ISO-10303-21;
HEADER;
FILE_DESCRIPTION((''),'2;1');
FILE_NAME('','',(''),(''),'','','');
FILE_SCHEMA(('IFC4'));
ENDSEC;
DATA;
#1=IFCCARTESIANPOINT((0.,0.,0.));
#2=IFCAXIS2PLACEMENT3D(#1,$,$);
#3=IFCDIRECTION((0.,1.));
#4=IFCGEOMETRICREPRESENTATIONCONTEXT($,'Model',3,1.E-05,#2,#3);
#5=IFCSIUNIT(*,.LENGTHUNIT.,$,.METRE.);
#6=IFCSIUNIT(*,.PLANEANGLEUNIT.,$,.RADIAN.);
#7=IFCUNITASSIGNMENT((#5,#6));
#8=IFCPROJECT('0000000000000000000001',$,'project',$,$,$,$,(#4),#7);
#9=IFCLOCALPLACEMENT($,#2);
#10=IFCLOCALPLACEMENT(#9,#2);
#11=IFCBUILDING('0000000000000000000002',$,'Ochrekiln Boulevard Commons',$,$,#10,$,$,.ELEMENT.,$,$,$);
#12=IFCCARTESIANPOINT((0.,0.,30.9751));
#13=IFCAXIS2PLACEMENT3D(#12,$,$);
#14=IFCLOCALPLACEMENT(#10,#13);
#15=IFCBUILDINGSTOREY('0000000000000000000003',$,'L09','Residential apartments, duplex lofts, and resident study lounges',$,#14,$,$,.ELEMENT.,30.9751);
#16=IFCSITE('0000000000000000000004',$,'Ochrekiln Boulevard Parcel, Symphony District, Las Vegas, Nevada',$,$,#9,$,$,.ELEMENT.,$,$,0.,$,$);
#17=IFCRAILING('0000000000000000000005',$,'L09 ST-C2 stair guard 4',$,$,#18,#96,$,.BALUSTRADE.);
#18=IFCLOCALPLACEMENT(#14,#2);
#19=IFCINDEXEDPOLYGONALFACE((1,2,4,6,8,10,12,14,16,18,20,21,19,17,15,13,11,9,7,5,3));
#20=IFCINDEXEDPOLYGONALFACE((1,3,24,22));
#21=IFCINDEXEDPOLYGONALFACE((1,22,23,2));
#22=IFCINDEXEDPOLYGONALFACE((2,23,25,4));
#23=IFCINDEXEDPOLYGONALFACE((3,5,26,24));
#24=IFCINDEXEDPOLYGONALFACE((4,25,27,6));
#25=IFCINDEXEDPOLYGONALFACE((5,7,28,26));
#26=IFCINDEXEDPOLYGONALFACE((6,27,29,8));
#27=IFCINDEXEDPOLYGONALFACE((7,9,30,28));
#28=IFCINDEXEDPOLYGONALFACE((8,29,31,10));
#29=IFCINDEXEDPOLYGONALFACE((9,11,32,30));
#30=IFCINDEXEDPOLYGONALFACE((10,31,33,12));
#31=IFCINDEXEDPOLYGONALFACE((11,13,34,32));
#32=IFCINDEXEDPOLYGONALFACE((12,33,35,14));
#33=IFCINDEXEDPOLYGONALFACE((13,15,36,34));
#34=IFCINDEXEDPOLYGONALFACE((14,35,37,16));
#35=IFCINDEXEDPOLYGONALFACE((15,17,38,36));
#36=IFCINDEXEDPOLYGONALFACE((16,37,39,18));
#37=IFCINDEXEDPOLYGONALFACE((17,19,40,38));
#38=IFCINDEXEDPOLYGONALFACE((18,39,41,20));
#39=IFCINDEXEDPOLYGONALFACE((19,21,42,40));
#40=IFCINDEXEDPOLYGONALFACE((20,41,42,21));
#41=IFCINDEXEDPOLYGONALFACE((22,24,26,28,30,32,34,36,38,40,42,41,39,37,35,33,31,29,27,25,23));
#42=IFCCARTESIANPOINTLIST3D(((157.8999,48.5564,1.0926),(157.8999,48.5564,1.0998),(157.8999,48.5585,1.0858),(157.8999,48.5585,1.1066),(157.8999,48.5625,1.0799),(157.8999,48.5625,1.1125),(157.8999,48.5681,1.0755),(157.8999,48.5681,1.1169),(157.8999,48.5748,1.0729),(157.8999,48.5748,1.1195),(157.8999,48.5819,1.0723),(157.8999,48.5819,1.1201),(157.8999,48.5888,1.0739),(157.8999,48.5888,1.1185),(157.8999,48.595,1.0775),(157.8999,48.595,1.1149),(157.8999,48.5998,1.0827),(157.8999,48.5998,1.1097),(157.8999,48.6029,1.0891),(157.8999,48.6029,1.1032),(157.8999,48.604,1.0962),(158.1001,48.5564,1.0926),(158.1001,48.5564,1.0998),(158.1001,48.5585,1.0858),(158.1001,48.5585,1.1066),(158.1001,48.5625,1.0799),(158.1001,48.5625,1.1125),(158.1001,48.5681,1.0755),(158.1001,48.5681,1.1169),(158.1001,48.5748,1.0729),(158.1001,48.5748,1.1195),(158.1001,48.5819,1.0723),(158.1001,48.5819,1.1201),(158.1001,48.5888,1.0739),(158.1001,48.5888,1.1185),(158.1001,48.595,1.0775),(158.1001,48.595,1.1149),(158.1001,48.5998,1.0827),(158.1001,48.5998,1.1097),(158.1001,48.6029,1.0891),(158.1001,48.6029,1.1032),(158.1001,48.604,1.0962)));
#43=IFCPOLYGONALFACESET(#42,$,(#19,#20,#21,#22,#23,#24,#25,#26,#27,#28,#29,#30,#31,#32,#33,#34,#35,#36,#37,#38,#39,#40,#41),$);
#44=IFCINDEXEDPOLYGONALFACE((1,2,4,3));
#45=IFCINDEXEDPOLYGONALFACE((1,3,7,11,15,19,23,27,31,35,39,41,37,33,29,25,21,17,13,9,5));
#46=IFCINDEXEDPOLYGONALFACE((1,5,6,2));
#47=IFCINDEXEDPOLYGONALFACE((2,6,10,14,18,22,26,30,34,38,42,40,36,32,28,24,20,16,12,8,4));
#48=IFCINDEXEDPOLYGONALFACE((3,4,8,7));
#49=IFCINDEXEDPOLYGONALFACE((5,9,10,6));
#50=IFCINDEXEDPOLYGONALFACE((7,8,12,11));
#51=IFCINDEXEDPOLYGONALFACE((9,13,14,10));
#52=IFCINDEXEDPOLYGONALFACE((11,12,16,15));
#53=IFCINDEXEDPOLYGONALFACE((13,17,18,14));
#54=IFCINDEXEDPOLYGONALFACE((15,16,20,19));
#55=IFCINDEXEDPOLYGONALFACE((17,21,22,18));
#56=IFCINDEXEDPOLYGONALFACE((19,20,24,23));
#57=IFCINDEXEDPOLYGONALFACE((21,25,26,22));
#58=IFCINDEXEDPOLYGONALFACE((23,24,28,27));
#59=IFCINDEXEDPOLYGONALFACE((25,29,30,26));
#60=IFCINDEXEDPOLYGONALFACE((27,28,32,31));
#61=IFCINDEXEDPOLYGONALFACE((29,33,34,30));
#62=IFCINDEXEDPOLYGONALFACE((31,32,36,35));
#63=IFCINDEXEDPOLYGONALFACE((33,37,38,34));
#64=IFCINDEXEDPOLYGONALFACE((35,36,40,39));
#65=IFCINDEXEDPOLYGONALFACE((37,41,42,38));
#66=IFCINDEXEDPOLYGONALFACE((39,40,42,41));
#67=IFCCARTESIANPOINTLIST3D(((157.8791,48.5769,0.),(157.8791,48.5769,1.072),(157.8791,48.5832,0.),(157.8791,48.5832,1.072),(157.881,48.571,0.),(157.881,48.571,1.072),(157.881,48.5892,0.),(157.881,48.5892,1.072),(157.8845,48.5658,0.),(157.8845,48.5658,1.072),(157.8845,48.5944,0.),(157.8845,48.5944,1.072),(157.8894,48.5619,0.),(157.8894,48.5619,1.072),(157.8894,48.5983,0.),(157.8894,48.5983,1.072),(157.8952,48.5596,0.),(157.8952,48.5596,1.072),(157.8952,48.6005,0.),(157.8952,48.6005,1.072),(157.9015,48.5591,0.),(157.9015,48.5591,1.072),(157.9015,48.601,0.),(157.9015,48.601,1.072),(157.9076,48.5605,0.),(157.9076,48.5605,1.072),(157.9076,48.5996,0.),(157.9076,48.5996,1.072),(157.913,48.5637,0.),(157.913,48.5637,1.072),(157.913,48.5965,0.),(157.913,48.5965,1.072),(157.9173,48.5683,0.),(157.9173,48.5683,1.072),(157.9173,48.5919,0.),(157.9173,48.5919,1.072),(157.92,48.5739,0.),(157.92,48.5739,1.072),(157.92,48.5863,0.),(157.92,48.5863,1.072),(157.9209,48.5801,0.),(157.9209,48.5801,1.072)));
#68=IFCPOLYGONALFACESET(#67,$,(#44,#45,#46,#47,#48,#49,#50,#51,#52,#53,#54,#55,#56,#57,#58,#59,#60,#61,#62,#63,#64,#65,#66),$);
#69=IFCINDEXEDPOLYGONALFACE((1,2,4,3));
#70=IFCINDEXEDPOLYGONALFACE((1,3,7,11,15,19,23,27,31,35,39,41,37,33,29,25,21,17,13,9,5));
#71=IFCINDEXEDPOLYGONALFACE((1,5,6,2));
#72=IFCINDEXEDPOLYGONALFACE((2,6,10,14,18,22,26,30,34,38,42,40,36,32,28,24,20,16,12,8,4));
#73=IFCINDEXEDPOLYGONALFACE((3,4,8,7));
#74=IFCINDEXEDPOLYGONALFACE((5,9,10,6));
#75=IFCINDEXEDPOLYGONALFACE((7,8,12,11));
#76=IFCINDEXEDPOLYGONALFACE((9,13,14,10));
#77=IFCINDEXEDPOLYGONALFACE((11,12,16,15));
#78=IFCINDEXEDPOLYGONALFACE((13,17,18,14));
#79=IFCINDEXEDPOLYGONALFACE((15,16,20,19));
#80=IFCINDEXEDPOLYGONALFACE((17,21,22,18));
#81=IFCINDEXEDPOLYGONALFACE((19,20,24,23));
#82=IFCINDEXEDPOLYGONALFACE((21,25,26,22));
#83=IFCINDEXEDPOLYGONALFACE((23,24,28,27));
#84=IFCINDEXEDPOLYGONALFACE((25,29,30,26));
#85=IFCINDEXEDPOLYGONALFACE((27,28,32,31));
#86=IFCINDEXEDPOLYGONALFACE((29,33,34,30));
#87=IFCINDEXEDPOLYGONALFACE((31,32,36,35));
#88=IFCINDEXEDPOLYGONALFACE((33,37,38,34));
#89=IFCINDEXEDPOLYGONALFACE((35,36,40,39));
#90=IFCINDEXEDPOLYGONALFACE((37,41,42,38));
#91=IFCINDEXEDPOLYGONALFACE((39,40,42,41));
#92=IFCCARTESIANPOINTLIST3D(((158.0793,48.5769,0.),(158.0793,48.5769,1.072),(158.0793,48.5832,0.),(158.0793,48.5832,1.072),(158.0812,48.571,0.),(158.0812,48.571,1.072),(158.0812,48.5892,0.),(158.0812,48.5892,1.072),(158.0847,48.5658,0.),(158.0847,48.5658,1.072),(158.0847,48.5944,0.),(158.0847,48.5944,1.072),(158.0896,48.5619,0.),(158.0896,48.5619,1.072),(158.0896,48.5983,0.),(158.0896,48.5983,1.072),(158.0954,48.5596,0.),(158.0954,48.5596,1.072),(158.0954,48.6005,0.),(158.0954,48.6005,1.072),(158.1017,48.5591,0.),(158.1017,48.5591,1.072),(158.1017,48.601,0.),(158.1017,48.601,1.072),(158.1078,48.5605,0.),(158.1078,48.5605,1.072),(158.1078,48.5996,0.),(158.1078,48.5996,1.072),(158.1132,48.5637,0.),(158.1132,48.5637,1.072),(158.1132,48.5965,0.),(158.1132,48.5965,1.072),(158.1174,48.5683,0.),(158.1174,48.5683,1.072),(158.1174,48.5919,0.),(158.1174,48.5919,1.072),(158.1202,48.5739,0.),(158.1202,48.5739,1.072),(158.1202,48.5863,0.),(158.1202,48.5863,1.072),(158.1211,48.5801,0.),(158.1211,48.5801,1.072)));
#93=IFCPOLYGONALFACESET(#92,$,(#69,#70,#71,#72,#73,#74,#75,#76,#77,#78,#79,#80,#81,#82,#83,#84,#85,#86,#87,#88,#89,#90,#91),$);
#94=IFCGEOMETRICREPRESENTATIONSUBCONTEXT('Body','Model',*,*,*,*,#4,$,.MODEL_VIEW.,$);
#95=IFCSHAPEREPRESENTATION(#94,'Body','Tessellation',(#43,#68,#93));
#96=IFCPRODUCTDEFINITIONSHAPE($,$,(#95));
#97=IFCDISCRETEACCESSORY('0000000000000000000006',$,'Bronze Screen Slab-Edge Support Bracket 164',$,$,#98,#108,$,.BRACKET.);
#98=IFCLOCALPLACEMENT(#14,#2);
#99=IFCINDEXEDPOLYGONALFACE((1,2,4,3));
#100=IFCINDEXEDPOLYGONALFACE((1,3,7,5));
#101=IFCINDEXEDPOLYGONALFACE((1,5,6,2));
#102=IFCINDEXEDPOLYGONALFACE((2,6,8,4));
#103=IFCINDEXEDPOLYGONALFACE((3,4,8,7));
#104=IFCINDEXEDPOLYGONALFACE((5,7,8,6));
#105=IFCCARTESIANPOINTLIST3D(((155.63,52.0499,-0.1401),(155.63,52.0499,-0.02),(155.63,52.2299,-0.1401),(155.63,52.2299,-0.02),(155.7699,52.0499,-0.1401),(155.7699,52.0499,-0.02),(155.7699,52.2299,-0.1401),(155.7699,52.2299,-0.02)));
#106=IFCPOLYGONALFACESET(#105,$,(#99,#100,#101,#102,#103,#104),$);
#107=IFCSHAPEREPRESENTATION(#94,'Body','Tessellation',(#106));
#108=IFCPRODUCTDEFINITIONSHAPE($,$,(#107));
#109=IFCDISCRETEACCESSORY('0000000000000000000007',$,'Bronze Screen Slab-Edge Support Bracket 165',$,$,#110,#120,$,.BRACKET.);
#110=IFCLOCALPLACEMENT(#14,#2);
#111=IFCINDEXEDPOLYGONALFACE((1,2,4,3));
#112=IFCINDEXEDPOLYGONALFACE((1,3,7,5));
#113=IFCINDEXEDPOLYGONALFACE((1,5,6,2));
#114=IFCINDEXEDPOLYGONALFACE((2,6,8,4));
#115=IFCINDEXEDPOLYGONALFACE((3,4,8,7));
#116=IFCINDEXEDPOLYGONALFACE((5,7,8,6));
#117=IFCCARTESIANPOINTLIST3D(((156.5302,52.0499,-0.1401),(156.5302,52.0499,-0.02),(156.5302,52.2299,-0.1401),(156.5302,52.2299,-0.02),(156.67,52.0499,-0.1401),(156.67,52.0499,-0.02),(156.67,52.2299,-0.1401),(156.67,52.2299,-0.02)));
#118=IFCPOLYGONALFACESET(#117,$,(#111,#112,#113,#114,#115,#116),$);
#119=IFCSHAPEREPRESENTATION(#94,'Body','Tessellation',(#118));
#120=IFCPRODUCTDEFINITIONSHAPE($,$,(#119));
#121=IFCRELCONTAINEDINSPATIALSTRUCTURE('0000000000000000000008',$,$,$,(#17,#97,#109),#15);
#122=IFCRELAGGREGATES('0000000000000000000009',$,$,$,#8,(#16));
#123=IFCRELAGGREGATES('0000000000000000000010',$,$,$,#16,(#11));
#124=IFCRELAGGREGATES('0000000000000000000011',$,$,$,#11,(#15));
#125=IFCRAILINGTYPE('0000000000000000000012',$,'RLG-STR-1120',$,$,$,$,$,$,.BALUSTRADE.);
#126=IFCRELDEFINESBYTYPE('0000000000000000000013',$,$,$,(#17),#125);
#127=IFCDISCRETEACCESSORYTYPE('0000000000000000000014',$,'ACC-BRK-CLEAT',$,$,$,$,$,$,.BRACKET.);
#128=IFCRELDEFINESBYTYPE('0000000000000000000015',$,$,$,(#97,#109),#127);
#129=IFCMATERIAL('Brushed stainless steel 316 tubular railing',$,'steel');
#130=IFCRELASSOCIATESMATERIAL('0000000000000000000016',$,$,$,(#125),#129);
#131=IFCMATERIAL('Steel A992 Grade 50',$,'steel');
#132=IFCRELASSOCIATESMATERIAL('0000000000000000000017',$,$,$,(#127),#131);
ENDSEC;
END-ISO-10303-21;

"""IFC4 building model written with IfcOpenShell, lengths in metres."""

from ifc_helpers import new_model, si_unit, direction, frame, origin, origin_2d, place, context, subcontext, project, spatial, rectangle, circle, extrude, material, type_object, element, save


model = new_model("IFC4")

# Units and contexts
model_context = context("Model", 3, precision=1e-05, world=origin(), true_north=direction((0.0, 1.0)))
body_context = subcontext(model_context, "Body", "Model", "MODEL_VIEW")
ifc_project = project(units=[si_unit("LENGTHUNIT", "METRE"), si_unit("PLANEANGLEUNIT", "RADIAN")], contexts=[model_context])

# Site, building, storey
site_placement = place(None, origin())
site = spatial("IfcSite", under=ifc_project, at=site_placement, Name="Ochrekiln Boulevard Parcel, Symphony District, Las Vegas, Nevada", CompositionType="ELEMENT", RefElevation=0.0)
building_placement = place(site_placement, origin())
building = spatial("IfcBuilding", under=site, at=building_placement, Name="Ochrekiln Boulevard Commons", CompositionType="ELEMENT")
storey_placement = place(building_placement, frame((0.0, 0.0, 30.9751)))
storey = spatial("IfcBuildingStorey", under=building, at=storey_placement, Name="L09", Description="Residential apartments, duplex lofts, and resident study lounges", CompositionType="ELEMENT", Elevation=30.9751)

# Railing
ifc_material_1 = material(Name="Brushed stainless steel 316 tubular railing", Category="steel")
railing_type_1 = type_object("IfcRailingType", Name="RLG-STR-1120", PredefinedType="BALUSTRADE", material=ifc_material_1)
railing_1_placement = place(storey_placement, frame((157.8999, 48.5801, 0.0)))
element("IfcRailing", 1, at=railing_1_placement, inside=storey, type_object=railing_type_1, Name="L09 ST-C2 stair guard 4", PredefinedType="BALUSTRADE", context=body_context, shape_type="SweptSolid", body=[
    extrude(circle(Radius=0.0239, at=origin_2d()), frame((0.0, 0.0, 1.0962), z_axis=(1.0, 0.0, 0.0), x_axis=(0.0, 1.0, 0.0)), (0.0, 0.0, 1.0), 0.2002),
    extrude(circle(Radius=0.021, at=origin_2d()), origin(), (0.0, 0.0, 1.0), 1.072),
    extrude(circle(Radius=0.021, at=origin_2d()), frame((0.2002, 0.0, 0.0)), (0.0, 0.0, 1.0), 1.072),
])

# Discrete accessories
ifc_material_2 = material(Name="Steel A992 Grade 50", Category="steel")
discrete_accessory_type = type_object("IfcDiscreteAccessoryType", Name="ACC-BRK-CLEAT", PredefinedType="BRACKET", material=ifc_material_2)
for number, where, z_axis, x_axis, name in (
    (2, (155.7, 52.1399, -0.1401), (0.0, 0.0, 1.0), (1.0, 0.0, 0.0), "Bronze Screen Slab-Edge Support Bracket 164"),
    (3, (156.6001, 52.1399, -0.1401), (0.0, 0.0, 1.0), (1.0, 0.0, 0.0), "Bronze Screen Slab-Edge Support Bracket 165"),
):
    element("IfcDiscreteAccessory", number, at=place(storey_placement, frame(where, z_axis=z_axis, x_axis=x_axis)), inside=storey, type_object=discrete_accessory_type, Name=name, PredefinedType="BRACKET", context=body_context, shape_type="SweptSolid", body=[
        extrude(rectangle(XDim=0.1399, YDim=0.1799, at=origin_2d()), origin(), (0.0, 0.0, 1.0), 0.1201),
    ])

save(model, "model.ifc")
